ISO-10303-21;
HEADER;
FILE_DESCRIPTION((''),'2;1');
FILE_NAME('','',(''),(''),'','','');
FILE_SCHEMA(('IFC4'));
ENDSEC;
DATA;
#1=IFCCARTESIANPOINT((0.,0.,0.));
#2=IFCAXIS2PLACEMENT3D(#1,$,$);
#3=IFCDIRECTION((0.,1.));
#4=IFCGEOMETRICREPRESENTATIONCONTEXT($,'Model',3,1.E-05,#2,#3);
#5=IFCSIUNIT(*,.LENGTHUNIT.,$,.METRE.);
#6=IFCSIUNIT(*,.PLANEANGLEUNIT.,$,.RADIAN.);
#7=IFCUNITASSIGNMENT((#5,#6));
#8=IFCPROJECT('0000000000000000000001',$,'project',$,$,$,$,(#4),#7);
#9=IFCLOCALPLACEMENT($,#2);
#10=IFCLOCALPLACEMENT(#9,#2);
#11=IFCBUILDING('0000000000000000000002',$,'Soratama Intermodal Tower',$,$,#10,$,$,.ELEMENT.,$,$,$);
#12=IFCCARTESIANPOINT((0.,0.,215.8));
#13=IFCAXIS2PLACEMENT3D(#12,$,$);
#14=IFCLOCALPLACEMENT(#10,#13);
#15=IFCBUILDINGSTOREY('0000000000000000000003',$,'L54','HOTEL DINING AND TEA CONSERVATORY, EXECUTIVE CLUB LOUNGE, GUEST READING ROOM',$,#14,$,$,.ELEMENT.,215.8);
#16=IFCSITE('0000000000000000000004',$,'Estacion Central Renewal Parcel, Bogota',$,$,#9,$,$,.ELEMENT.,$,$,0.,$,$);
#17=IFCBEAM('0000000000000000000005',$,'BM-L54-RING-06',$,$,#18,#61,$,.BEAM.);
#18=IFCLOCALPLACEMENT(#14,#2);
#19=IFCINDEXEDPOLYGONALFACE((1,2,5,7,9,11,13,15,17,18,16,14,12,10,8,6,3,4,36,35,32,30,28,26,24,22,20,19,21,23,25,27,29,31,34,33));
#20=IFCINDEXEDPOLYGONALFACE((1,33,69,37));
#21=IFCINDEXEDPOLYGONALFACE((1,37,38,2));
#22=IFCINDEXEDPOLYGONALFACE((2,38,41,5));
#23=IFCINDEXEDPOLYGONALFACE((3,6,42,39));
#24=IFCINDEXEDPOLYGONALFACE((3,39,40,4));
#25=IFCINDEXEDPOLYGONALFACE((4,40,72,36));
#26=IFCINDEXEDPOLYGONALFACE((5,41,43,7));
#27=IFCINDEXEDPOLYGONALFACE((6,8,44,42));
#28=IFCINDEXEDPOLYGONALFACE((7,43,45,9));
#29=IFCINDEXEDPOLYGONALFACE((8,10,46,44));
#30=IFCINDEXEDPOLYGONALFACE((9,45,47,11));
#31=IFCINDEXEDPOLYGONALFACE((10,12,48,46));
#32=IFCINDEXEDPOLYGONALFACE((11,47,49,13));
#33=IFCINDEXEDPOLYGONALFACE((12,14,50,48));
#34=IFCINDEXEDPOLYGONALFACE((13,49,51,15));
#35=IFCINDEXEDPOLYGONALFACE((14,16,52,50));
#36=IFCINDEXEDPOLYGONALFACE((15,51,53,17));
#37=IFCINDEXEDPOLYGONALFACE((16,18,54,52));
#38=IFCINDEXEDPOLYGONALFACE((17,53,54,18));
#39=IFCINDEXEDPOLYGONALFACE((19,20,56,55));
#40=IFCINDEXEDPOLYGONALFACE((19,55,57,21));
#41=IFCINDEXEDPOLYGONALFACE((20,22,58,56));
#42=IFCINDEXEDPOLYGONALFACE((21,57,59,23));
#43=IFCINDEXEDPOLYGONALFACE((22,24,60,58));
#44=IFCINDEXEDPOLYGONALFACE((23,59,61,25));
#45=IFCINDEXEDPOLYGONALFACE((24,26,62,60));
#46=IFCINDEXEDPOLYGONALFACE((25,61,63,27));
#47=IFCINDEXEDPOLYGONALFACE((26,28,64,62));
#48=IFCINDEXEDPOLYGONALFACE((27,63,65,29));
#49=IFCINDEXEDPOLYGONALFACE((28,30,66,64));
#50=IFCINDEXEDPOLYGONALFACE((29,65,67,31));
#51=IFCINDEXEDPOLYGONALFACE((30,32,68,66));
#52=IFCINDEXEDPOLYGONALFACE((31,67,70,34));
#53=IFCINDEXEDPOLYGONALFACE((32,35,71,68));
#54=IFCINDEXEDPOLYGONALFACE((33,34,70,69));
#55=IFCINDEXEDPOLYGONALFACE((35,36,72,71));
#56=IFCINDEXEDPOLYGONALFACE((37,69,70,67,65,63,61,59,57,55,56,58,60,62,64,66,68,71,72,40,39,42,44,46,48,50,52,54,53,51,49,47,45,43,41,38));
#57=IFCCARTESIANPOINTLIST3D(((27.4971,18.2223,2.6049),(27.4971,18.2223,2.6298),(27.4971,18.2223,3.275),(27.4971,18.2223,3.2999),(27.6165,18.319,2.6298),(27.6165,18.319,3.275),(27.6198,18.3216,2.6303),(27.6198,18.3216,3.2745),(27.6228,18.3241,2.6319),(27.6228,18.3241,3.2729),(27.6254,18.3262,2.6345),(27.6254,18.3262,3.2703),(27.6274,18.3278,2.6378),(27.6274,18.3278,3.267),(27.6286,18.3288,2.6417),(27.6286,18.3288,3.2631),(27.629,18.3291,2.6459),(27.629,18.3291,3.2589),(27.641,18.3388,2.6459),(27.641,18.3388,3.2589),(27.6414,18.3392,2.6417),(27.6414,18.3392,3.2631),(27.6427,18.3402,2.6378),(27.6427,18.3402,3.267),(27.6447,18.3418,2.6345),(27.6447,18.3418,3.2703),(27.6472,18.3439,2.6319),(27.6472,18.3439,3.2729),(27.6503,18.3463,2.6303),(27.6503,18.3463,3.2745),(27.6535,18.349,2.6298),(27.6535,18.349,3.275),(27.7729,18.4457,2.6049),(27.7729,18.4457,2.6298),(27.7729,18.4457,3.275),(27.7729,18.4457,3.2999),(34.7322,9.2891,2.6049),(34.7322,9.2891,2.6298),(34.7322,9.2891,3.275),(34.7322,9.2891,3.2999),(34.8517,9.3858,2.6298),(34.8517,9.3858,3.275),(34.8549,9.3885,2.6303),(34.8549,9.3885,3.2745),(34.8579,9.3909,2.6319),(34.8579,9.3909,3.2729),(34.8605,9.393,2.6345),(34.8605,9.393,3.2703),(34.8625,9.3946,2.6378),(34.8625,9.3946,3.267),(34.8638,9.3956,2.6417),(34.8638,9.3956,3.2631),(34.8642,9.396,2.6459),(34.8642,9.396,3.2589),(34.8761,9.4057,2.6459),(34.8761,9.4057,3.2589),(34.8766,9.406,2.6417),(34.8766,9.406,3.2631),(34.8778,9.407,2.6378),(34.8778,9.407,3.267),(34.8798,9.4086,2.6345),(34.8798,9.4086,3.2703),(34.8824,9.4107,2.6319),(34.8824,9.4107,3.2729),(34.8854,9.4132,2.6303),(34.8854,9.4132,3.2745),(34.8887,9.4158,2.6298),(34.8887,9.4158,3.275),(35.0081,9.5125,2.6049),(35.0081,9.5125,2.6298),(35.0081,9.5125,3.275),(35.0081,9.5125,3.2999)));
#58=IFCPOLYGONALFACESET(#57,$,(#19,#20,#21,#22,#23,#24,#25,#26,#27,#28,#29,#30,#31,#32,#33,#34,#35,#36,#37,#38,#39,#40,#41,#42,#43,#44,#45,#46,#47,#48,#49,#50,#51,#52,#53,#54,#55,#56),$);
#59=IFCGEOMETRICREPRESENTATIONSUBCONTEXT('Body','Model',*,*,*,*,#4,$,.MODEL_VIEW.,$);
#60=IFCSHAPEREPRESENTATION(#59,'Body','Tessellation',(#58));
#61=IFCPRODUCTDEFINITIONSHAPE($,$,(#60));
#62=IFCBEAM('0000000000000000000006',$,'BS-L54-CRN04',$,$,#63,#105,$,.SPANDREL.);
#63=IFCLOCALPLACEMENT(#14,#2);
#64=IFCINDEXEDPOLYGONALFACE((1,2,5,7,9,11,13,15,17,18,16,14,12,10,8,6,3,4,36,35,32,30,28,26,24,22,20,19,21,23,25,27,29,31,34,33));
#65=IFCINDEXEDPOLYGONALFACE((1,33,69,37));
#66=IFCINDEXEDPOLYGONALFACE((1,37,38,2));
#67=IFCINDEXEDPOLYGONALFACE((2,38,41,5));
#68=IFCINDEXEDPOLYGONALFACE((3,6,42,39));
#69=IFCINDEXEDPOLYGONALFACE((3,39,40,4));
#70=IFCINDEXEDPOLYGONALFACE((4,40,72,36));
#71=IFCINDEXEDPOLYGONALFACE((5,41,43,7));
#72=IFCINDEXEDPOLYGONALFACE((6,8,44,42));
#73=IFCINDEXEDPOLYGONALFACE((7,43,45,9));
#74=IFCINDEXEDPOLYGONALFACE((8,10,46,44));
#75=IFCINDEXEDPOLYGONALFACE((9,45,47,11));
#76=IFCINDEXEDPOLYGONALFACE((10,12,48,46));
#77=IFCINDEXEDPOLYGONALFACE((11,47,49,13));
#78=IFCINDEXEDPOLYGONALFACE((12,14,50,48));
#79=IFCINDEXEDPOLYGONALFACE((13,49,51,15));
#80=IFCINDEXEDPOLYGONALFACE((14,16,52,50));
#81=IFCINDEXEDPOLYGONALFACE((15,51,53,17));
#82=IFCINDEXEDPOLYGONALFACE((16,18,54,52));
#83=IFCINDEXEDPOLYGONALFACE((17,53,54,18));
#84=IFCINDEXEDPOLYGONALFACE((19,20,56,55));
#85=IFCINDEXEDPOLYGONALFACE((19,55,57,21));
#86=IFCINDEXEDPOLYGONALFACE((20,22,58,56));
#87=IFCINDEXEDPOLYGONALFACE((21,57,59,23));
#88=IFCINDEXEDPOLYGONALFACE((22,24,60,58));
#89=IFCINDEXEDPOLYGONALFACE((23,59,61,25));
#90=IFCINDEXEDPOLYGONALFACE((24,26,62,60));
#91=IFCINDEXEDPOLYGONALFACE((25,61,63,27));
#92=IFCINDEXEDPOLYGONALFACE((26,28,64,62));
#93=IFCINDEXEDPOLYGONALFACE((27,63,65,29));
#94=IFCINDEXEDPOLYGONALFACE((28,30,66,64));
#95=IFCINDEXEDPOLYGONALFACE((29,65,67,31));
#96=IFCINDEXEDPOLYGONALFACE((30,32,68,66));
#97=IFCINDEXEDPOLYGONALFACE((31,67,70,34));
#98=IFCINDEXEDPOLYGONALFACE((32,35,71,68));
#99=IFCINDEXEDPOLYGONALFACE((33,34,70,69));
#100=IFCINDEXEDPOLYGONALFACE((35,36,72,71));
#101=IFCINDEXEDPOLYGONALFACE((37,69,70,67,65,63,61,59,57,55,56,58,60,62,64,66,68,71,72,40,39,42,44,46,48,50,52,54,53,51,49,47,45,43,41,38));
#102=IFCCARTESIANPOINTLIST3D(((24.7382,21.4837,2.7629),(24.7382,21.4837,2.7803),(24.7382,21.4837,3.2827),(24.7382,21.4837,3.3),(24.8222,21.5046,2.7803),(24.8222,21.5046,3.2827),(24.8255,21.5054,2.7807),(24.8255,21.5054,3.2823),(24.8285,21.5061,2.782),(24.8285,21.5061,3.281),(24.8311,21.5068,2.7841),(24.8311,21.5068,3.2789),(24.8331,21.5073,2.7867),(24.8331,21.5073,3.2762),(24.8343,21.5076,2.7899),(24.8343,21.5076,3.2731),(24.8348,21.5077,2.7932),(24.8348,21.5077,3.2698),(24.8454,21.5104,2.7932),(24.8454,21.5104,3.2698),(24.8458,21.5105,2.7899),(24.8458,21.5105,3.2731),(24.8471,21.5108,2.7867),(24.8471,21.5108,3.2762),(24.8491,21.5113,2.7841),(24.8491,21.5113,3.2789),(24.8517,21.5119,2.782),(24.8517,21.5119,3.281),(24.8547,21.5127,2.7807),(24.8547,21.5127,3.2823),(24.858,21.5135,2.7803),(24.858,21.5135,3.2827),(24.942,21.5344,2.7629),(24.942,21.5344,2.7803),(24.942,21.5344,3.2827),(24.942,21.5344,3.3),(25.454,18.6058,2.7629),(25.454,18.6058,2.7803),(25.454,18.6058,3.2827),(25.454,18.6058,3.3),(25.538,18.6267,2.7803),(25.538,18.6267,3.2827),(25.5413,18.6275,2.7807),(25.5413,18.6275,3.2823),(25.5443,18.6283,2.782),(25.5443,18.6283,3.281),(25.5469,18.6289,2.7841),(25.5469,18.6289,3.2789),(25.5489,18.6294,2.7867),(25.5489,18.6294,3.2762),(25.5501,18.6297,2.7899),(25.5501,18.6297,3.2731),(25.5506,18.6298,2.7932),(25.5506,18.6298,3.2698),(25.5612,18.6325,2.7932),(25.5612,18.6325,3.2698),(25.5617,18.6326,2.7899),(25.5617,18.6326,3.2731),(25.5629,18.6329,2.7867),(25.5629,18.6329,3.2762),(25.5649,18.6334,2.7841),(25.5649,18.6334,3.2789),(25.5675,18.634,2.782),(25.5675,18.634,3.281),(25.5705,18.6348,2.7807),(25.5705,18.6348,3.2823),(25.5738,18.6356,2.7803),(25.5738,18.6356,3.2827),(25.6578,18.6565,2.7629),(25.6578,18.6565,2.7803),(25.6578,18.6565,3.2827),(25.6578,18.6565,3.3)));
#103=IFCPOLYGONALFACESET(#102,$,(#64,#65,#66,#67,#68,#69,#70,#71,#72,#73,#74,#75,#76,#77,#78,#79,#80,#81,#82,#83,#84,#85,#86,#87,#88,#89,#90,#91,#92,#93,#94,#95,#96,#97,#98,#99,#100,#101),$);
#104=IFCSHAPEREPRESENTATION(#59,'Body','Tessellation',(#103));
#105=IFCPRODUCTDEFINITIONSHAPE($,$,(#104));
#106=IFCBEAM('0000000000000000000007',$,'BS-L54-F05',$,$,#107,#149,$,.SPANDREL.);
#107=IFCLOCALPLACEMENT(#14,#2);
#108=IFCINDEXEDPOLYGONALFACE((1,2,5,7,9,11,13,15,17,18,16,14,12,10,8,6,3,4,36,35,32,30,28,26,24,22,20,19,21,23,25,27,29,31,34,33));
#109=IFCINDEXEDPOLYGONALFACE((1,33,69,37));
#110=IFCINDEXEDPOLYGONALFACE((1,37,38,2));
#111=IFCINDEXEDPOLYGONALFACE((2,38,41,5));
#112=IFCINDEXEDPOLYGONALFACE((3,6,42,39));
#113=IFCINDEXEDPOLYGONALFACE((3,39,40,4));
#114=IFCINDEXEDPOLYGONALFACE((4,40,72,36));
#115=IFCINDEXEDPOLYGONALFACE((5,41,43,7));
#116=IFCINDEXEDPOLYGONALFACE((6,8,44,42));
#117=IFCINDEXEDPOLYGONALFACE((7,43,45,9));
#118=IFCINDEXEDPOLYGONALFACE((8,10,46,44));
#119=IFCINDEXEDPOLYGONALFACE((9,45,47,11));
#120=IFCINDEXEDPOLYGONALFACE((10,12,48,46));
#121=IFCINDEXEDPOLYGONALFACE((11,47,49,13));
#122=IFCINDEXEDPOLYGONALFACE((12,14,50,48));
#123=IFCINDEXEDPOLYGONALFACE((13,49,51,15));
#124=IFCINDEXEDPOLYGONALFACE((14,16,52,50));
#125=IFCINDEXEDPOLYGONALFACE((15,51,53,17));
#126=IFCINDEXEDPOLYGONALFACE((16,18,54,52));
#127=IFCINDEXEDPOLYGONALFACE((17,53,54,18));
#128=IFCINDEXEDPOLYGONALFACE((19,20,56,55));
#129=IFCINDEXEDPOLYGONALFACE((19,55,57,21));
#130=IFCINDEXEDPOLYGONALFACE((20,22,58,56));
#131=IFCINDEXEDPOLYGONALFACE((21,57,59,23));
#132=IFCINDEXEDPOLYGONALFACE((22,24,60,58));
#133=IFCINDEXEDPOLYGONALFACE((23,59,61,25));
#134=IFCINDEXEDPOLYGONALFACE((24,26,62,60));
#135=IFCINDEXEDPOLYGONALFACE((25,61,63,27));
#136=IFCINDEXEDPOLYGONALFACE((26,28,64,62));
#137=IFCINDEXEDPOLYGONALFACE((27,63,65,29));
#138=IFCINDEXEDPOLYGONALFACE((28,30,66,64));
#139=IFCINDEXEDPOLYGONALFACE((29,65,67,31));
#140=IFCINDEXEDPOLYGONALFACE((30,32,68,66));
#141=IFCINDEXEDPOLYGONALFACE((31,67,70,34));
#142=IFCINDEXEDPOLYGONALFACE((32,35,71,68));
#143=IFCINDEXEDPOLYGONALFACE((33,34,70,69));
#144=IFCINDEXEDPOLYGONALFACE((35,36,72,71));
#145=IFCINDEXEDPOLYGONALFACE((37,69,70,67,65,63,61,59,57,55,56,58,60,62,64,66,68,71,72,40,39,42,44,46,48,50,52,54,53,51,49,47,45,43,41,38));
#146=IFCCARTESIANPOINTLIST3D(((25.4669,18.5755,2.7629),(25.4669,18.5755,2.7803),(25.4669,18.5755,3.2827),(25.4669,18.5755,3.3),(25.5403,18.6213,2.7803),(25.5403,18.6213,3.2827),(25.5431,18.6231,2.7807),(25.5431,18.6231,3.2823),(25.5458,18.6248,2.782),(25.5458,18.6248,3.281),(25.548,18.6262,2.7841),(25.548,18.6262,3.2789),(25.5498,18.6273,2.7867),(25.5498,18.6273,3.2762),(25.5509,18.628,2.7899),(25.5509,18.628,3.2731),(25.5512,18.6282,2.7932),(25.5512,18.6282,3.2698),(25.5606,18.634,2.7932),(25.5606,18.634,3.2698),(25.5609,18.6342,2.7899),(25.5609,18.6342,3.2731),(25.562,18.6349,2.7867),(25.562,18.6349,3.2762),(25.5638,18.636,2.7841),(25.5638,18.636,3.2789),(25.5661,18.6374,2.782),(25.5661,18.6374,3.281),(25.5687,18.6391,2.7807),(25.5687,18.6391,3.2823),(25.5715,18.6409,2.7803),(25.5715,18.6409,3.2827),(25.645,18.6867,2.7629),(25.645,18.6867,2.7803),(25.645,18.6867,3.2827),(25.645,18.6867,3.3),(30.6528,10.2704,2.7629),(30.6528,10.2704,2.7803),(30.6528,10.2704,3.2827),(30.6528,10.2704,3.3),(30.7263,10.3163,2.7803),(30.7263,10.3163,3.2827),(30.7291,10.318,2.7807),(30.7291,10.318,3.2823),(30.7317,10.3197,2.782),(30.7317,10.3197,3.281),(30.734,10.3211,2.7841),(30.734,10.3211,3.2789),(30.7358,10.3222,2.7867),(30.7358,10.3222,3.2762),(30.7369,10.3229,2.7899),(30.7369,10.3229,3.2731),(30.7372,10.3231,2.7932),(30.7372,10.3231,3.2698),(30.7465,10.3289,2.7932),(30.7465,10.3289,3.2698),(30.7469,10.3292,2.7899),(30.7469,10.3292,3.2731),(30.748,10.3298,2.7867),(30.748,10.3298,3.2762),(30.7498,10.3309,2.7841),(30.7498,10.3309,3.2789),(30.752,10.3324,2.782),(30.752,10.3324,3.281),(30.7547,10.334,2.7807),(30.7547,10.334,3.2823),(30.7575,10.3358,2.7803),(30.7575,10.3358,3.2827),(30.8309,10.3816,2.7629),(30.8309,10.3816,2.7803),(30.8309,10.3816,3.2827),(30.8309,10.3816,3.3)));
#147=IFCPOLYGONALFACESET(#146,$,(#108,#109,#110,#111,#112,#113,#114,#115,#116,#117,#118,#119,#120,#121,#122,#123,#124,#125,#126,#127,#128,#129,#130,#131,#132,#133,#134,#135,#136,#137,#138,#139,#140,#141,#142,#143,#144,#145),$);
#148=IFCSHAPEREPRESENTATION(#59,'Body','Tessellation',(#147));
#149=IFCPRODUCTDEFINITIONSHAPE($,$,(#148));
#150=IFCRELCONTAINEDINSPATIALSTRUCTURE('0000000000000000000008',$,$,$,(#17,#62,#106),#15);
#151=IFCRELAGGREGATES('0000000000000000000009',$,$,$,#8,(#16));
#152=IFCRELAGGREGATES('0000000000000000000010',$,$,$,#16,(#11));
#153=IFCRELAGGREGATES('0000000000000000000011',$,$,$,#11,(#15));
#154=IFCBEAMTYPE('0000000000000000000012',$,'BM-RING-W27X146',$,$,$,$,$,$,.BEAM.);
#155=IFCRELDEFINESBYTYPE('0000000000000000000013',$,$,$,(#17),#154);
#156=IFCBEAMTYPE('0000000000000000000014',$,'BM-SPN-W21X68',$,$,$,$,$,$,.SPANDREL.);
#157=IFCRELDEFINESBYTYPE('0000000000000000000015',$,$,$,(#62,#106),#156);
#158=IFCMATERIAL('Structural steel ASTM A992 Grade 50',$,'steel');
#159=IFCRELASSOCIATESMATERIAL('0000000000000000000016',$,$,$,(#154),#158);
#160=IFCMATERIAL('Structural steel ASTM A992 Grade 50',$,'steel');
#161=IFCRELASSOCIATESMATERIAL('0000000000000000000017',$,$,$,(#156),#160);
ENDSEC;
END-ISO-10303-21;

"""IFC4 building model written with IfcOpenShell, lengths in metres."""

from ifc_helpers import new_model, si_unit, direction, frame, origin, origin_2d, place, context, subcontext, project, spatial, i_section, extrude, material, material_profile, profile_set, type_object, element, save


model = new_model("IFC4")

# Units and contexts
model_context = context("Model", 3, precision=1e-05, world=origin(), true_north=direction((0.0, 1.0)))
body_context = subcontext(model_context, "Body", "Model", "MODEL_VIEW")
ifc_project = project(units=[si_unit("LENGTHUNIT", "METRE"), si_unit("PLANEANGLEUNIT", "RADIAN")], contexts=[model_context])

# Site, building, storey
site_placement = place(None, origin())
site = spatial("IfcSite", under=ifc_project, at=site_placement, Name="Estacion Central Renewal Parcel, Bogota", CompositionType="ELEMENT", RefElevation=0.0)
building_placement = place(site_placement, origin())
building = spatial("IfcBuilding", under=site, at=building_placement, Name="Soratama Intermodal Tower", CompositionType="ELEMENT")
storey_placement = place(building_placement, frame((0.0, 0.0, 215.8)))
storey = spatial("IfcBuildingStorey", under=building, at=storey_placement, Name="L54", Description="HOTEL DINING AND TEA CONSERVATORY, EXECUTIVE CLUB LOUNGE, GUEST READING ROOM", CompositionType="ELEMENT", Elevation=215.8)

# Beams
ifc_material_1 = material(Name="Structural steel ASTM A992 Grade 50", Category="steel")
ifc_material_profile_1 = material_profile(ifc_material_1, i_section(OverallWidth=0.355, OverallDepth=0.6951, WebThickness=0.0154, FlangeThickness=0.0249, FilletRadius=0.0161, at=origin_2d()), Name="W27X146")
ifc_profile_set_1 = profile_set([ifc_material_profile_1], Name="Structural steel ASTM A992 Grade 50")
beam_type_1 = type_object("IfcBeamType", Name="BM-RING-W27X146", PredefinedType="BEAM", material=ifc_profile_set_1)
beam_1_placement = place(storey_placement, frame((27.635, 18.334, 2.9524), z_axis=(0.629385, -0.777094, 0.0), x_axis=(0.777094, 0.629385, 0.0)))
element("IfcBeam", 1, at=beam_1_placement, inside=storey, type_object=beam_type_1, Name="BM-L54-RING-06", PredefinedType="BEAM", context=body_context, shape_type="SweptSolid", body=[
    extrude(i_section(OverallWidth=0.355, OverallDepth=0.6951, WebThickness=0.0154, FlangeThickness=0.0249, FilletRadius=0.0161, at=origin_2d()), origin(), (0.0, 0.0, 1.0), 11.4956),
])
ifc_material_2 = material(Name="Structural steel ASTM A992 Grade 50", Category="steel")
ifc_material_profile_2 = material_profile(ifc_material_2, i_section(OverallWidth=0.21, OverallDepth=0.5371, WebThickness=0.011, FlangeThickness=0.0173, FilletRadius=0.0129, at=origin_2d()), Name="W21X68")
ifc_profile_set_2 = profile_set([ifc_material_profile_2], Name="Structural steel ASTM A992 Grade 50")
beam_type_2 = type_object("IfcBeamType", Name="BM-SPN-W21X68", PredefinedType="SPANDREL", material=ifc_profile_set_2)
beam_2_placement = place(storey_placement, frame((24.8401, 21.509, 3.0315), z_axis=(0.241373, -0.970432, 0.0), x_axis=(0.970432, 0.241373, 0.0)))
element("IfcBeam", 2, at=beam_2_placement, inside=storey, type_object=beam_type_2, Name="BS-L54-CRN04", PredefinedType="SPANDREL", context=body_context, shape_type="SweptSolid", body=[
    extrude(i_section(OverallWidth=0.21, OverallDepth=0.5371, WebThickness=0.011, FlangeThickness=0.0173, FilletRadius=0.0129, at=origin_2d()), origin(), (0.0, 0.0, 1.0), 2.9656),
])
beam_3_placement = place(storey_placement, frame((25.5559, 18.6311, 3.0315), z_axis=(0.529654, -0.848214, 0.0), x_axis=(0.848214, 0.529654, 0.0)))
element("IfcBeam", 3, at=beam_3_placement, inside=storey, type_object=beam_type_2, Name="BS-L54-F05", PredefinedType="SPANDREL", context=body_context, shape_type="SweptSolid", body=[
    extrude(i_section(OverallWidth=0.21, OverallDepth=0.5371, WebThickness=0.011, FlangeThickness=0.0173, FilletRadius=0.0129, at=origin_2d()), origin(), (0.0, 0.0, 1.0), 9.7913),
])

save(model, "model.ifc")
